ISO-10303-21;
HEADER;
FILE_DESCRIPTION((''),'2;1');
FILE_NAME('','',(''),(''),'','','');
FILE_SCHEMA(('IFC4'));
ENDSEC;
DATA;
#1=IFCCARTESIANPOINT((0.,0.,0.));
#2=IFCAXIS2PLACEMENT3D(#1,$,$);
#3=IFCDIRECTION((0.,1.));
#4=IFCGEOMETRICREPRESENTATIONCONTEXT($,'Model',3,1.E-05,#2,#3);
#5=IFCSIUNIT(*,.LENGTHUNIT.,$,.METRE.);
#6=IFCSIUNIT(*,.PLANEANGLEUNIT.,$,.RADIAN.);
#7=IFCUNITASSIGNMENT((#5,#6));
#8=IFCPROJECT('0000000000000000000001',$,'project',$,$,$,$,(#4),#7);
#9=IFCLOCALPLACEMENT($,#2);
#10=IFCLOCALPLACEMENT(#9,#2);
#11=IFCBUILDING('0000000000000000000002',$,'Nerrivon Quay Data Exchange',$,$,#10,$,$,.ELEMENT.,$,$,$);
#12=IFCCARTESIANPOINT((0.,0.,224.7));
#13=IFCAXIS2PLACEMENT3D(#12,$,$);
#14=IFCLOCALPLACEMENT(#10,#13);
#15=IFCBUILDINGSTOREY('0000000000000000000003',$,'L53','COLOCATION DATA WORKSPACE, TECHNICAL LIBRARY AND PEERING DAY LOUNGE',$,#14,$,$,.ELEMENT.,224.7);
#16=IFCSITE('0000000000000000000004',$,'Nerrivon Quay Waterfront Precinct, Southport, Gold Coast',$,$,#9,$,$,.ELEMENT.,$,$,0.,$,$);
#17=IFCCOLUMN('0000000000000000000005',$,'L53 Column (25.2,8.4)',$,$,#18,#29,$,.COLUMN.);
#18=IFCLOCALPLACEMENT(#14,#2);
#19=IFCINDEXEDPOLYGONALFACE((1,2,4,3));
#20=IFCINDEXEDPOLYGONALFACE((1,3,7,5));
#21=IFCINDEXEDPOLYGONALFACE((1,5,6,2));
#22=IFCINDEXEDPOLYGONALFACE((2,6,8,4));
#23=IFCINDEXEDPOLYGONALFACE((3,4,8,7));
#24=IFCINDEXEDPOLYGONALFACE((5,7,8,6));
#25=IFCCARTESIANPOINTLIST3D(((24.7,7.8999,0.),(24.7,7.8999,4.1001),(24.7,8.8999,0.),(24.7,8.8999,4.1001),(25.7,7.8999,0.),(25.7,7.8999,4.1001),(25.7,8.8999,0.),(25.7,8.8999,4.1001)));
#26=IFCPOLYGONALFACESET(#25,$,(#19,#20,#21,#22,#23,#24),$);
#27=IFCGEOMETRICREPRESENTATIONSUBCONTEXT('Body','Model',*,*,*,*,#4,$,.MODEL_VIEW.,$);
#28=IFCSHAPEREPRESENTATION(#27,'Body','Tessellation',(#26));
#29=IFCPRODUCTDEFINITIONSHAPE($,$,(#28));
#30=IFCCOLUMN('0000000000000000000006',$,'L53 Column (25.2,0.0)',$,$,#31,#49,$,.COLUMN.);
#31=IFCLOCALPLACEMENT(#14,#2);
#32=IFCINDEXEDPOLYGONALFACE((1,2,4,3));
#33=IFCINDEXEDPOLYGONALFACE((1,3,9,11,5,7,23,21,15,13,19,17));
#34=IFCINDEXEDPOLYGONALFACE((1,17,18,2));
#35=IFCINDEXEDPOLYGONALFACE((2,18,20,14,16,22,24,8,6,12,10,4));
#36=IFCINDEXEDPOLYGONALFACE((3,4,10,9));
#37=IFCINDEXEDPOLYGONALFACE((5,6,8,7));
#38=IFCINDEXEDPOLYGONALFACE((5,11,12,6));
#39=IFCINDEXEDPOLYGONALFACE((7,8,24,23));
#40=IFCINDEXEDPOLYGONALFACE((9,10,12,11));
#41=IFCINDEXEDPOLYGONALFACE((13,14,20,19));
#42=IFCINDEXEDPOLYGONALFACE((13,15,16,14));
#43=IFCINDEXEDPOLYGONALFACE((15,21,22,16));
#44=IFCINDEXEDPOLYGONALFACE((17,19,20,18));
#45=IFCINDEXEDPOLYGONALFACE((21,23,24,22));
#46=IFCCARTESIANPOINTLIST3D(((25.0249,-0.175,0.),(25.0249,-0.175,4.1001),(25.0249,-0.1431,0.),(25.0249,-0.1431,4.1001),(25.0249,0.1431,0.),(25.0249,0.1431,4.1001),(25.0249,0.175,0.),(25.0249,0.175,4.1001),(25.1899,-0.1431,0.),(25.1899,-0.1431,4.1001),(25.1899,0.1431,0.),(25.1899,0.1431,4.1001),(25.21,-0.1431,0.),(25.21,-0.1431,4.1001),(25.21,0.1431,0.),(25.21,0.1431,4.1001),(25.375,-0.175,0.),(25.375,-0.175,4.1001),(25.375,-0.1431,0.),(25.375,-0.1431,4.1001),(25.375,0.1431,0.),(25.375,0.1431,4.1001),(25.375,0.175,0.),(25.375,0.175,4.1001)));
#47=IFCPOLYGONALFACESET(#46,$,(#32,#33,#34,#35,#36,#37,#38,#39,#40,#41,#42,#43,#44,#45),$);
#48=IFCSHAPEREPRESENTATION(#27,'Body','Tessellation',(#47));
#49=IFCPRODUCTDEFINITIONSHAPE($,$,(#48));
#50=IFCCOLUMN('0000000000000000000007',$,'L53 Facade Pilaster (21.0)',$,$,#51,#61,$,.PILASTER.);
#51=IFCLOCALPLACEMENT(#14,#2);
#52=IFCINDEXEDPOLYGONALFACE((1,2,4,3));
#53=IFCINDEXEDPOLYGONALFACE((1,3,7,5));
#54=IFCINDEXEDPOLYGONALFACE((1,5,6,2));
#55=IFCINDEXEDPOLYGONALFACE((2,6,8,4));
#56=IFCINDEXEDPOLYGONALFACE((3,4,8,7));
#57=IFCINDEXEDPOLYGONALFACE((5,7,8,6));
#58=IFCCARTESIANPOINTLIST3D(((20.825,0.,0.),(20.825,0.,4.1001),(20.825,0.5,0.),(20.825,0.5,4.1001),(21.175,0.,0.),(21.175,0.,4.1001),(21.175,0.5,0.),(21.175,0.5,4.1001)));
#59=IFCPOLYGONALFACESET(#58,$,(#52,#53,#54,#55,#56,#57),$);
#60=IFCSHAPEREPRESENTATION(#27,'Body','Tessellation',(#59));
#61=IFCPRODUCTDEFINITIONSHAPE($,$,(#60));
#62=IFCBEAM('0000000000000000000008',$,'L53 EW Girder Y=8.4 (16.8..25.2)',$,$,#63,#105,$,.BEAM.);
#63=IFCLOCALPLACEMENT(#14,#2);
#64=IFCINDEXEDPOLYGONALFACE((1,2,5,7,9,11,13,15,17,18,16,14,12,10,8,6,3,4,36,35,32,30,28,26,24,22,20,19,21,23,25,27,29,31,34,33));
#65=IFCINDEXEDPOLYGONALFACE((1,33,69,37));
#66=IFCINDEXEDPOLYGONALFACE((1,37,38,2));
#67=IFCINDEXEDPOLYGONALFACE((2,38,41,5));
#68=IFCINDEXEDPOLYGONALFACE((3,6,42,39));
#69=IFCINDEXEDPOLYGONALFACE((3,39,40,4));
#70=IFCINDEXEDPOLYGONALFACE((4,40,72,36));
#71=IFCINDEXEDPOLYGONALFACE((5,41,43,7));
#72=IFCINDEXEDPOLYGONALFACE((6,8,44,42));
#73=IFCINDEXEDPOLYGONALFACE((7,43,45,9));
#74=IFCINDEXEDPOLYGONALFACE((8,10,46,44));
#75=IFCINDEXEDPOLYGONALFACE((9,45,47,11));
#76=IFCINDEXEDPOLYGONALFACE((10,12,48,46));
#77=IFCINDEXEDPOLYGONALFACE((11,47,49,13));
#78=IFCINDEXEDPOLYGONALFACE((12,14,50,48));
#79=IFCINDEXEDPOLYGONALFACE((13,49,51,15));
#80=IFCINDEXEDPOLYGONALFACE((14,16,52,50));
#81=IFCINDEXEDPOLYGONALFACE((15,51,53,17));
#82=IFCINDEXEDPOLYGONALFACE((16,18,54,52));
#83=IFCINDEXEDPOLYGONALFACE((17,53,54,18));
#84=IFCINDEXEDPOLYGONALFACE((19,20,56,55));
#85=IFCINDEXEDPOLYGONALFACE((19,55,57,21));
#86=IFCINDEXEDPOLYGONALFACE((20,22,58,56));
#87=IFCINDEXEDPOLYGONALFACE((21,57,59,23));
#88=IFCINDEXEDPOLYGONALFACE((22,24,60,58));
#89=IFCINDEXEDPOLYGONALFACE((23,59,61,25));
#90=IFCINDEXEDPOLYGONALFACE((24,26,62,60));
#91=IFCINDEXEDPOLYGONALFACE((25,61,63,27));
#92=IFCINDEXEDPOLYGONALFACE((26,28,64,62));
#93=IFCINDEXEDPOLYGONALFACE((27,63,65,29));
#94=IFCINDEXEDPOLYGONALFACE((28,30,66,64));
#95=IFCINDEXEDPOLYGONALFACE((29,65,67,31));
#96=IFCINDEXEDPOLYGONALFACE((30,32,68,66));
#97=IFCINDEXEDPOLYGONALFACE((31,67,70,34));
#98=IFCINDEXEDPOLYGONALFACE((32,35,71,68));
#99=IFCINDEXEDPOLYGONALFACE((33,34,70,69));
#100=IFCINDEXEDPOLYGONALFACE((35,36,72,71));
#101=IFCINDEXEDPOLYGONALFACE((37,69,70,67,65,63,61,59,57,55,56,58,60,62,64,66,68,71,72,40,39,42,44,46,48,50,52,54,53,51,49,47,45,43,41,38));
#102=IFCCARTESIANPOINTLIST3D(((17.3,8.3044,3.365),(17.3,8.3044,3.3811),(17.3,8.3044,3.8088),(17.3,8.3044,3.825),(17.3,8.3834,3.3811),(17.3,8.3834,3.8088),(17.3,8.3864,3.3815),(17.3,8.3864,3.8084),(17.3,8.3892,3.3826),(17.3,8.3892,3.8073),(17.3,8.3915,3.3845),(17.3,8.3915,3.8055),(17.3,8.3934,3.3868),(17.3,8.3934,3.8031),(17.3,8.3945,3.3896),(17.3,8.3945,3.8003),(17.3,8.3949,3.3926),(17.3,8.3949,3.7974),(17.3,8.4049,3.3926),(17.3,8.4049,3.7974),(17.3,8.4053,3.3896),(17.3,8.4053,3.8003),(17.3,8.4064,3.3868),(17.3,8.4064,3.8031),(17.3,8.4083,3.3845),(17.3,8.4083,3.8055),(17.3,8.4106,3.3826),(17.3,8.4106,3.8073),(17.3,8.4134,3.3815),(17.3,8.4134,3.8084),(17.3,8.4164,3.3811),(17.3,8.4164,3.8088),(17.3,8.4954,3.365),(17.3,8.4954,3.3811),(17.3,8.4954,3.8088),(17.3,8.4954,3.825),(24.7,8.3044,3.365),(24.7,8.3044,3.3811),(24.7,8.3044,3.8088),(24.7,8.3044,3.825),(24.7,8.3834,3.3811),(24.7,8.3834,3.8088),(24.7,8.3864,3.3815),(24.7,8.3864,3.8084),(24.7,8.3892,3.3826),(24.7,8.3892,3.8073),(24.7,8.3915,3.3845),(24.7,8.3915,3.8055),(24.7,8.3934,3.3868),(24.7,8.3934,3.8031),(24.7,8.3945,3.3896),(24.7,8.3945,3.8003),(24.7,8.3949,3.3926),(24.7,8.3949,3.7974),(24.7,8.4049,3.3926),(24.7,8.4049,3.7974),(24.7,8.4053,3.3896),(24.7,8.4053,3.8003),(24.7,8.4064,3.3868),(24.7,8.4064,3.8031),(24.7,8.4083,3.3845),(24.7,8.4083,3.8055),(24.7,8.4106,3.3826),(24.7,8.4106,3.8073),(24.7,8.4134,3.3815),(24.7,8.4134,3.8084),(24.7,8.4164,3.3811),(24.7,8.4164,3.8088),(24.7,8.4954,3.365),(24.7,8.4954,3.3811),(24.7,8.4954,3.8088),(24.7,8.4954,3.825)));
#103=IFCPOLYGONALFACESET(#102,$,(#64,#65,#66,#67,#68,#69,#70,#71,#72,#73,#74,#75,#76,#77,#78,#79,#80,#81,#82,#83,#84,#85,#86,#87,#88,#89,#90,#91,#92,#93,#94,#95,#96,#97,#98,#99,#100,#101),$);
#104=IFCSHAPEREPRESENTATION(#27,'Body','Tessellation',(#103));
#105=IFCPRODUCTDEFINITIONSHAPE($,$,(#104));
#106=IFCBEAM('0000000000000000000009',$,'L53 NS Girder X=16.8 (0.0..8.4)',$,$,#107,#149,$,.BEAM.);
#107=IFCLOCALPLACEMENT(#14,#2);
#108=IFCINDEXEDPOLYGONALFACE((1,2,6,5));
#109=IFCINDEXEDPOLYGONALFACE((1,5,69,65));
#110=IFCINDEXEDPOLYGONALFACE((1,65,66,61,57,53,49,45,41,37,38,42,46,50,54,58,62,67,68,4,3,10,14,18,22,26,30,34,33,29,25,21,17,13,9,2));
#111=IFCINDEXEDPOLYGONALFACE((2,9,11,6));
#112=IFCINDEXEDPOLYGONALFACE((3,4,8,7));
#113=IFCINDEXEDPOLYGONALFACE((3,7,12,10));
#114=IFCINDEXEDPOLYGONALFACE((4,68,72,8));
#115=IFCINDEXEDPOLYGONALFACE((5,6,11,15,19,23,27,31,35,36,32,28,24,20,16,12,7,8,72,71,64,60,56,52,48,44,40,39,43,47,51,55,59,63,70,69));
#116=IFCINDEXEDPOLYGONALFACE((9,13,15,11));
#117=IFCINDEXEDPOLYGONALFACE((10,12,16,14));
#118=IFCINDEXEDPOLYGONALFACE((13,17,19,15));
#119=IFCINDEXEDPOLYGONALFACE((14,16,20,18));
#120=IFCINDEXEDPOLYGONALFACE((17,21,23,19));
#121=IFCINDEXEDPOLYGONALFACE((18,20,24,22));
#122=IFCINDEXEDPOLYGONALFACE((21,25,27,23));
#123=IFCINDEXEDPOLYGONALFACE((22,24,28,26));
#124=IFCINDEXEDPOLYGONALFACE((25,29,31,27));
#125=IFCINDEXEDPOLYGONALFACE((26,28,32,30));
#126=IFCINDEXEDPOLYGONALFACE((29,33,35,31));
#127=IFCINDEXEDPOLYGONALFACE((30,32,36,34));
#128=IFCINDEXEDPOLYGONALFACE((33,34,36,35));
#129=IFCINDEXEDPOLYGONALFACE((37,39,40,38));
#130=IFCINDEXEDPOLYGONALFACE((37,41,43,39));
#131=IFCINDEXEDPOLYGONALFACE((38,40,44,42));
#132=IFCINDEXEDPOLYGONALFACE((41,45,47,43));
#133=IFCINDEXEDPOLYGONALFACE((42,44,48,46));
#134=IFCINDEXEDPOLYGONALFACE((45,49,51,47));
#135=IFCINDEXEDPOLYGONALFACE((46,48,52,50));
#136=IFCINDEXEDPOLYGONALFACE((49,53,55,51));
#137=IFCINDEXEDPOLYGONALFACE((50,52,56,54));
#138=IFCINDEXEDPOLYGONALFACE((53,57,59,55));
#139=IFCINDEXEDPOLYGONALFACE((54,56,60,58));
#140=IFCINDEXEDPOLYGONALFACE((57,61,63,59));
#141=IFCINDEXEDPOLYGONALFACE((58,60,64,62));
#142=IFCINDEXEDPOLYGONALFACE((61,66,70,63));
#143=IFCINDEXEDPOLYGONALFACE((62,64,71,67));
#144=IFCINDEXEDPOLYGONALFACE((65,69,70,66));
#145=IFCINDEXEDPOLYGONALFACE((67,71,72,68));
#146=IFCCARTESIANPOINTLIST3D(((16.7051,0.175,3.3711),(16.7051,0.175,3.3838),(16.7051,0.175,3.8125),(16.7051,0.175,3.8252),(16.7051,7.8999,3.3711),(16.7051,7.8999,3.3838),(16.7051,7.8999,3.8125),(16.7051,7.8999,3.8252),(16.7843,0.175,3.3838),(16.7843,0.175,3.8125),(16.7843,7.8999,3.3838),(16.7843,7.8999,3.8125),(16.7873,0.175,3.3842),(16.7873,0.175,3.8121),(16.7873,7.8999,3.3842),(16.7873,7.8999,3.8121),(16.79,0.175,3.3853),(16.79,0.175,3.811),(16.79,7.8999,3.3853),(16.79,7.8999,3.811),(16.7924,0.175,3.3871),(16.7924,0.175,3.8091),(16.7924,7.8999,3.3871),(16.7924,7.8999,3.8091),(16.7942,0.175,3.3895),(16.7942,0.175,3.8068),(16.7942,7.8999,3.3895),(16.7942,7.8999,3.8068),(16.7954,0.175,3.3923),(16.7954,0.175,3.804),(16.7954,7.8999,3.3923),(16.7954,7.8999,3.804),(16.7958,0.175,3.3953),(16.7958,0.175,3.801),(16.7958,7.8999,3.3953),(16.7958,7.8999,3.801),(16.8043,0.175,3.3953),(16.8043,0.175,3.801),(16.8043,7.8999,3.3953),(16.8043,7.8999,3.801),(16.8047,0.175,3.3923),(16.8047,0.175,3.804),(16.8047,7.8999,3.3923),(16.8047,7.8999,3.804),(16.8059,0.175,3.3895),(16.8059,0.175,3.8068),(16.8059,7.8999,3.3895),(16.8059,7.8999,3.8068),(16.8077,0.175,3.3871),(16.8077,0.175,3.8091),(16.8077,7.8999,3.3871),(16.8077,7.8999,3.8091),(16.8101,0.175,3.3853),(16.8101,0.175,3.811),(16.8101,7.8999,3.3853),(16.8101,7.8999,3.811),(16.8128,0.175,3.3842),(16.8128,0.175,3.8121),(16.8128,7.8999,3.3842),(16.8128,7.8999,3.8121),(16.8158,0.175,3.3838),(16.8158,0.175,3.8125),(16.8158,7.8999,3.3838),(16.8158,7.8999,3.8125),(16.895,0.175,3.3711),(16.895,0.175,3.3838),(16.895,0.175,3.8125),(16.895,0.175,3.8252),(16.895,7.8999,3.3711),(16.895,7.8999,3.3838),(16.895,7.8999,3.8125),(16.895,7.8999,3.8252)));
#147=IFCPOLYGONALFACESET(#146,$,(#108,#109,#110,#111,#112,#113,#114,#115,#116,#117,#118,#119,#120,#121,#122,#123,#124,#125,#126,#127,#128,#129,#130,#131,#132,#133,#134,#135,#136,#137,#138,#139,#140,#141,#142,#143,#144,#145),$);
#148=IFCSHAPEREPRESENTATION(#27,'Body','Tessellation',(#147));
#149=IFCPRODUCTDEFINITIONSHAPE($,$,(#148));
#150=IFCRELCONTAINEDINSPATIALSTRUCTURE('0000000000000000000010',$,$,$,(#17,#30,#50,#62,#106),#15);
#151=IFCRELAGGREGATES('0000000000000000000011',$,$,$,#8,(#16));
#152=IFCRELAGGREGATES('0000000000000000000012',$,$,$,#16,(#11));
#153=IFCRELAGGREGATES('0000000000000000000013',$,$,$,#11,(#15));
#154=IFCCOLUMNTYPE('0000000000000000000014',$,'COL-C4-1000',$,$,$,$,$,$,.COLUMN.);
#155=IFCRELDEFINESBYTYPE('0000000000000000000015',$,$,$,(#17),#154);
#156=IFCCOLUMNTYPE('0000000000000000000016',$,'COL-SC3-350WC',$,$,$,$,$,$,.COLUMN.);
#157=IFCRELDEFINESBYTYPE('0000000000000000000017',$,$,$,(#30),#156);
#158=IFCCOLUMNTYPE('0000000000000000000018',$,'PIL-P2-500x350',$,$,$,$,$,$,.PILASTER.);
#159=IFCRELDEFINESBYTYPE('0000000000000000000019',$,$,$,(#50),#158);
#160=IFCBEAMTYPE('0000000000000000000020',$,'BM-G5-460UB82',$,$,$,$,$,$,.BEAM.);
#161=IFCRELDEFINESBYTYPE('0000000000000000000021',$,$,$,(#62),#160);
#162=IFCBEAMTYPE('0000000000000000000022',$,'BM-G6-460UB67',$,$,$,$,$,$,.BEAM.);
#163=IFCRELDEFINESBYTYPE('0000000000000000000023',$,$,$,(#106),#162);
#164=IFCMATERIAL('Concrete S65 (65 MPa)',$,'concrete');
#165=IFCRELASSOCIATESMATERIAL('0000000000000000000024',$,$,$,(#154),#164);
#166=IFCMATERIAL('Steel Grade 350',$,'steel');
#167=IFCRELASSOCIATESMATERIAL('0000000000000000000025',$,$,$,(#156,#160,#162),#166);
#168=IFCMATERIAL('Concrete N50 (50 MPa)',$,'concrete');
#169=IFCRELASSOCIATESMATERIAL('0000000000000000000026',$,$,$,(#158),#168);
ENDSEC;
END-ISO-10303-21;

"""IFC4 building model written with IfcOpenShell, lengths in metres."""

from ifc_helpers import new_model, si_unit, direction, frame, origin, origin_2d, place, context, subcontext, project, spatial, rectangle, i_section, extrude, material, material_profile, profile_set, type_object, element, save


model = new_model("IFC4")

# Units and contexts
model_context = context("Model", 3, precision=1e-05, world=origin(), true_north=direction((0.0, 1.0)))
body_context = subcontext(model_context, "Body", "Model", "MODEL_VIEW")
ifc_project = project(units=[si_unit("LENGTHUNIT", "METRE"), si_unit("PLANEANGLEUNIT", "RADIAN")], contexts=[model_context])

# Site, building, storey
site_placement = place(None, origin())
site = spatial("IfcSite", under=ifc_project, at=site_placement, Name="Nerrivon Quay Waterfront Precinct, Southport, Gold Coast", CompositionType="ELEMENT", RefElevation=0.0)
building_placement = place(site_placement, origin())
building = spatial("IfcBuilding", under=site, at=building_placement, Name="Nerrivon Quay Data Exchange", CompositionType="ELEMENT")
storey_placement = place(building_placement, frame((0.0, 0.0, 224.7)))
storey = spatial("IfcBuildingStorey", under=building, at=storey_placement, Name="L53", Description="COLOCATION DATA WORKSPACE, TECHNICAL LIBRARY AND PEERING DAY LOUNGE", CompositionType="ELEMENT", Elevation=224.7)

# Columns
ifc_material_1 = material(Name="Concrete S65 (65 MPa)", Category="concrete")
ifc_material_profile_1 = material_profile(ifc_material_1, rectangle(XDim=1.0, YDim=1.0, at=origin_2d()), Name="RC-COL-1000x1000")
ifc_profile_set_1 = profile_set([ifc_material_profile_1], Name="Concrete S65 (65 MPa)")
column_type_1 = type_object("IfcColumnType", Name="COL-C4-1000", PredefinedType="COLUMN", material=ifc_profile_set_1)
column_1_placement = place(storey_placement, frame((25.2, 8.3999, 0.0), z_axis=(0.0, 0.0, 1.0), x_axis=(1.0, 0.0, 0.0)))
element("IfcColumn", 1, at=column_1_placement, inside=storey, type_object=column_type_1, Name="L53 Column (25.2,8.4)", PredefinedType="COLUMN", context=body_context, shape_type="SweptSolid", body=[
    extrude(rectangle(XDim=1.0, YDim=1.0, at=origin_2d()), origin(), (0.0, 0.0, 1.0), 4.1001),
])
ifc_material_2 = material(Name="Steel Grade 350", Category="steel")
ifc_material_profile_2 = material_profile(ifc_material_2, i_section(OverallWidth=0.3501, OverallDepth=0.3501, WebThickness=0.02, FlangeThickness=0.032, at=origin_2d()), Name="350WC230")
ifc_profile_set_2 = profile_set([ifc_material_profile_2], Name="Steel Grade 350")
column_type_2 = type_object("IfcColumnType", Name="COL-SC3-350WC", PredefinedType="COLUMN", material=ifc_profile_set_2)
column_2_placement = place(storey_placement, frame((25.2, 0.0, 0.0), z_axis=(0.0, 0.0, 1.0), x_axis=(1.0, 0.0, 0.0)))
element("IfcColumn", 2, at=column_2_placement, inside=storey, type_object=column_type_2, Name="L53 Column (25.2,0.0)", PredefinedType="COLUMN", context=body_context, shape_type="SweptSolid", body=[
    extrude(i_section(OverallWidth=0.3501, OverallDepth=0.3501, WebThickness=0.02, FlangeThickness=0.032, at=origin_2d()), origin(), (0.0, 0.0, 1.0), 4.1001),
])
ifc_material_3 = material(Name="Concrete N50 (50 MPa)", Category="concrete")
ifc_material_profile_3 = material_profile(ifc_material_3, rectangle(XDim=0.3501, YDim=0.5, at=origin_2d()), Name="RC-PIL-500x350")
ifc_profile_set_3 = profile_set([ifc_material_profile_3], Name="Concrete N50 (50 MPa)")
column_type_3 = type_object("IfcColumnType", Name="PIL-P2-500x350", PredefinedType="PILASTER", material=ifc_profile_set_3)
column_3_placement = place(storey_placement, frame((21.0, 0.25, 0.0), z_axis=(0.0, 0.0, 1.0), x_axis=(1.0, 0.0, 0.0)))
element("IfcColumn", 3, at=column_3_placement, inside=storey, type_object=column_type_3, Name="L53 Facade Pilaster (21.0)", PredefinedType="PILASTER", context=body_context, shape_type="SweptSolid", body=[
    extrude(rectangle(XDim=0.3501, YDim=0.5, at=origin_2d()), origin(), (0.0, 0.0, 1.0), 4.1001),
])

# Beams
ifc_material_profile_4 = material_profile(ifc_material_2, i_section(OverallWidth=0.1909, OverallDepth=0.46, WebThickness=0.01, FlangeThickness=0.0161, FilletRadius=0.0115, at=origin_2d()), Name="460UB82.1")
ifc_profile_set_4 = profile_set([ifc_material_profile_4], Name="Steel Grade 350")
beam_type_1 = type_object("IfcBeamType", Name="BM-G5-460UB82", PredefinedType="BEAM", material=ifc_profile_set_4)
beam_1_placement = place(storey_placement, frame((17.3, 8.3999, 3.595), z_axis=(1.0, 0.0, 0.0), x_axis=(0.0, 1.0, 0.0)))
element("IfcBeam", 4, at=beam_1_placement, inside=storey, type_object=beam_type_1, Name="L53 EW Girder Y=8.4 (16.8..25.2)", PredefinedType="BEAM", context=body_context, shape_type="SweptSolid", body=[
    extrude(i_section(OverallWidth=0.1909, OverallDepth=0.46, WebThickness=0.01, FlangeThickness=0.0161, FilletRadius=0.0115, at=origin_2d()), origin(), (0.0, 0.0, 1.0), 7.3999),
])
ifc_material_profile_5 = material_profile(ifc_material_2, i_section(OverallWidth=0.1899, OverallDepth=0.4541, WebThickness=0.0085, FlangeThickness=0.0127, FilletRadius=0.0115, at=origin_2d()), Name="460UB67.1")
ifc_profile_set_5 = profile_set([ifc_material_profile_5], Name="Steel Grade 350")
beam_type_2 = type_object("IfcBeamType", Name="BM-G6-460UB67", PredefinedType="BEAM", material=ifc_profile_set_5)
for number, where, z_axis, x_axis, name in (
    (5, (16.8, 0.175, 3.5981), (0.0, 1.0, 0.0), (-1.0, 0.0, 0.0), "L53 NS Girder X=16.8 (0.0..8.4)"),
):
    element("IfcBeam", number, at=place(storey_placement, frame(where, z_axis=z_axis, x_axis=x_axis)), inside=storey, type_object=beam_type_2, Name=name, PredefinedType="BEAM", context=body_context, shape_type="SweptSolid", body=[
        extrude(i_section(OverallWidth=0.1899, OverallDepth=0.4541, WebThickness=0.0085, FlangeThickness=0.0127, FilletRadius=0.0115, at=origin_2d()), origin(), (0.0, 0.0, 1.0), 7.7249),
    ])

save(model, "model.ifc")
